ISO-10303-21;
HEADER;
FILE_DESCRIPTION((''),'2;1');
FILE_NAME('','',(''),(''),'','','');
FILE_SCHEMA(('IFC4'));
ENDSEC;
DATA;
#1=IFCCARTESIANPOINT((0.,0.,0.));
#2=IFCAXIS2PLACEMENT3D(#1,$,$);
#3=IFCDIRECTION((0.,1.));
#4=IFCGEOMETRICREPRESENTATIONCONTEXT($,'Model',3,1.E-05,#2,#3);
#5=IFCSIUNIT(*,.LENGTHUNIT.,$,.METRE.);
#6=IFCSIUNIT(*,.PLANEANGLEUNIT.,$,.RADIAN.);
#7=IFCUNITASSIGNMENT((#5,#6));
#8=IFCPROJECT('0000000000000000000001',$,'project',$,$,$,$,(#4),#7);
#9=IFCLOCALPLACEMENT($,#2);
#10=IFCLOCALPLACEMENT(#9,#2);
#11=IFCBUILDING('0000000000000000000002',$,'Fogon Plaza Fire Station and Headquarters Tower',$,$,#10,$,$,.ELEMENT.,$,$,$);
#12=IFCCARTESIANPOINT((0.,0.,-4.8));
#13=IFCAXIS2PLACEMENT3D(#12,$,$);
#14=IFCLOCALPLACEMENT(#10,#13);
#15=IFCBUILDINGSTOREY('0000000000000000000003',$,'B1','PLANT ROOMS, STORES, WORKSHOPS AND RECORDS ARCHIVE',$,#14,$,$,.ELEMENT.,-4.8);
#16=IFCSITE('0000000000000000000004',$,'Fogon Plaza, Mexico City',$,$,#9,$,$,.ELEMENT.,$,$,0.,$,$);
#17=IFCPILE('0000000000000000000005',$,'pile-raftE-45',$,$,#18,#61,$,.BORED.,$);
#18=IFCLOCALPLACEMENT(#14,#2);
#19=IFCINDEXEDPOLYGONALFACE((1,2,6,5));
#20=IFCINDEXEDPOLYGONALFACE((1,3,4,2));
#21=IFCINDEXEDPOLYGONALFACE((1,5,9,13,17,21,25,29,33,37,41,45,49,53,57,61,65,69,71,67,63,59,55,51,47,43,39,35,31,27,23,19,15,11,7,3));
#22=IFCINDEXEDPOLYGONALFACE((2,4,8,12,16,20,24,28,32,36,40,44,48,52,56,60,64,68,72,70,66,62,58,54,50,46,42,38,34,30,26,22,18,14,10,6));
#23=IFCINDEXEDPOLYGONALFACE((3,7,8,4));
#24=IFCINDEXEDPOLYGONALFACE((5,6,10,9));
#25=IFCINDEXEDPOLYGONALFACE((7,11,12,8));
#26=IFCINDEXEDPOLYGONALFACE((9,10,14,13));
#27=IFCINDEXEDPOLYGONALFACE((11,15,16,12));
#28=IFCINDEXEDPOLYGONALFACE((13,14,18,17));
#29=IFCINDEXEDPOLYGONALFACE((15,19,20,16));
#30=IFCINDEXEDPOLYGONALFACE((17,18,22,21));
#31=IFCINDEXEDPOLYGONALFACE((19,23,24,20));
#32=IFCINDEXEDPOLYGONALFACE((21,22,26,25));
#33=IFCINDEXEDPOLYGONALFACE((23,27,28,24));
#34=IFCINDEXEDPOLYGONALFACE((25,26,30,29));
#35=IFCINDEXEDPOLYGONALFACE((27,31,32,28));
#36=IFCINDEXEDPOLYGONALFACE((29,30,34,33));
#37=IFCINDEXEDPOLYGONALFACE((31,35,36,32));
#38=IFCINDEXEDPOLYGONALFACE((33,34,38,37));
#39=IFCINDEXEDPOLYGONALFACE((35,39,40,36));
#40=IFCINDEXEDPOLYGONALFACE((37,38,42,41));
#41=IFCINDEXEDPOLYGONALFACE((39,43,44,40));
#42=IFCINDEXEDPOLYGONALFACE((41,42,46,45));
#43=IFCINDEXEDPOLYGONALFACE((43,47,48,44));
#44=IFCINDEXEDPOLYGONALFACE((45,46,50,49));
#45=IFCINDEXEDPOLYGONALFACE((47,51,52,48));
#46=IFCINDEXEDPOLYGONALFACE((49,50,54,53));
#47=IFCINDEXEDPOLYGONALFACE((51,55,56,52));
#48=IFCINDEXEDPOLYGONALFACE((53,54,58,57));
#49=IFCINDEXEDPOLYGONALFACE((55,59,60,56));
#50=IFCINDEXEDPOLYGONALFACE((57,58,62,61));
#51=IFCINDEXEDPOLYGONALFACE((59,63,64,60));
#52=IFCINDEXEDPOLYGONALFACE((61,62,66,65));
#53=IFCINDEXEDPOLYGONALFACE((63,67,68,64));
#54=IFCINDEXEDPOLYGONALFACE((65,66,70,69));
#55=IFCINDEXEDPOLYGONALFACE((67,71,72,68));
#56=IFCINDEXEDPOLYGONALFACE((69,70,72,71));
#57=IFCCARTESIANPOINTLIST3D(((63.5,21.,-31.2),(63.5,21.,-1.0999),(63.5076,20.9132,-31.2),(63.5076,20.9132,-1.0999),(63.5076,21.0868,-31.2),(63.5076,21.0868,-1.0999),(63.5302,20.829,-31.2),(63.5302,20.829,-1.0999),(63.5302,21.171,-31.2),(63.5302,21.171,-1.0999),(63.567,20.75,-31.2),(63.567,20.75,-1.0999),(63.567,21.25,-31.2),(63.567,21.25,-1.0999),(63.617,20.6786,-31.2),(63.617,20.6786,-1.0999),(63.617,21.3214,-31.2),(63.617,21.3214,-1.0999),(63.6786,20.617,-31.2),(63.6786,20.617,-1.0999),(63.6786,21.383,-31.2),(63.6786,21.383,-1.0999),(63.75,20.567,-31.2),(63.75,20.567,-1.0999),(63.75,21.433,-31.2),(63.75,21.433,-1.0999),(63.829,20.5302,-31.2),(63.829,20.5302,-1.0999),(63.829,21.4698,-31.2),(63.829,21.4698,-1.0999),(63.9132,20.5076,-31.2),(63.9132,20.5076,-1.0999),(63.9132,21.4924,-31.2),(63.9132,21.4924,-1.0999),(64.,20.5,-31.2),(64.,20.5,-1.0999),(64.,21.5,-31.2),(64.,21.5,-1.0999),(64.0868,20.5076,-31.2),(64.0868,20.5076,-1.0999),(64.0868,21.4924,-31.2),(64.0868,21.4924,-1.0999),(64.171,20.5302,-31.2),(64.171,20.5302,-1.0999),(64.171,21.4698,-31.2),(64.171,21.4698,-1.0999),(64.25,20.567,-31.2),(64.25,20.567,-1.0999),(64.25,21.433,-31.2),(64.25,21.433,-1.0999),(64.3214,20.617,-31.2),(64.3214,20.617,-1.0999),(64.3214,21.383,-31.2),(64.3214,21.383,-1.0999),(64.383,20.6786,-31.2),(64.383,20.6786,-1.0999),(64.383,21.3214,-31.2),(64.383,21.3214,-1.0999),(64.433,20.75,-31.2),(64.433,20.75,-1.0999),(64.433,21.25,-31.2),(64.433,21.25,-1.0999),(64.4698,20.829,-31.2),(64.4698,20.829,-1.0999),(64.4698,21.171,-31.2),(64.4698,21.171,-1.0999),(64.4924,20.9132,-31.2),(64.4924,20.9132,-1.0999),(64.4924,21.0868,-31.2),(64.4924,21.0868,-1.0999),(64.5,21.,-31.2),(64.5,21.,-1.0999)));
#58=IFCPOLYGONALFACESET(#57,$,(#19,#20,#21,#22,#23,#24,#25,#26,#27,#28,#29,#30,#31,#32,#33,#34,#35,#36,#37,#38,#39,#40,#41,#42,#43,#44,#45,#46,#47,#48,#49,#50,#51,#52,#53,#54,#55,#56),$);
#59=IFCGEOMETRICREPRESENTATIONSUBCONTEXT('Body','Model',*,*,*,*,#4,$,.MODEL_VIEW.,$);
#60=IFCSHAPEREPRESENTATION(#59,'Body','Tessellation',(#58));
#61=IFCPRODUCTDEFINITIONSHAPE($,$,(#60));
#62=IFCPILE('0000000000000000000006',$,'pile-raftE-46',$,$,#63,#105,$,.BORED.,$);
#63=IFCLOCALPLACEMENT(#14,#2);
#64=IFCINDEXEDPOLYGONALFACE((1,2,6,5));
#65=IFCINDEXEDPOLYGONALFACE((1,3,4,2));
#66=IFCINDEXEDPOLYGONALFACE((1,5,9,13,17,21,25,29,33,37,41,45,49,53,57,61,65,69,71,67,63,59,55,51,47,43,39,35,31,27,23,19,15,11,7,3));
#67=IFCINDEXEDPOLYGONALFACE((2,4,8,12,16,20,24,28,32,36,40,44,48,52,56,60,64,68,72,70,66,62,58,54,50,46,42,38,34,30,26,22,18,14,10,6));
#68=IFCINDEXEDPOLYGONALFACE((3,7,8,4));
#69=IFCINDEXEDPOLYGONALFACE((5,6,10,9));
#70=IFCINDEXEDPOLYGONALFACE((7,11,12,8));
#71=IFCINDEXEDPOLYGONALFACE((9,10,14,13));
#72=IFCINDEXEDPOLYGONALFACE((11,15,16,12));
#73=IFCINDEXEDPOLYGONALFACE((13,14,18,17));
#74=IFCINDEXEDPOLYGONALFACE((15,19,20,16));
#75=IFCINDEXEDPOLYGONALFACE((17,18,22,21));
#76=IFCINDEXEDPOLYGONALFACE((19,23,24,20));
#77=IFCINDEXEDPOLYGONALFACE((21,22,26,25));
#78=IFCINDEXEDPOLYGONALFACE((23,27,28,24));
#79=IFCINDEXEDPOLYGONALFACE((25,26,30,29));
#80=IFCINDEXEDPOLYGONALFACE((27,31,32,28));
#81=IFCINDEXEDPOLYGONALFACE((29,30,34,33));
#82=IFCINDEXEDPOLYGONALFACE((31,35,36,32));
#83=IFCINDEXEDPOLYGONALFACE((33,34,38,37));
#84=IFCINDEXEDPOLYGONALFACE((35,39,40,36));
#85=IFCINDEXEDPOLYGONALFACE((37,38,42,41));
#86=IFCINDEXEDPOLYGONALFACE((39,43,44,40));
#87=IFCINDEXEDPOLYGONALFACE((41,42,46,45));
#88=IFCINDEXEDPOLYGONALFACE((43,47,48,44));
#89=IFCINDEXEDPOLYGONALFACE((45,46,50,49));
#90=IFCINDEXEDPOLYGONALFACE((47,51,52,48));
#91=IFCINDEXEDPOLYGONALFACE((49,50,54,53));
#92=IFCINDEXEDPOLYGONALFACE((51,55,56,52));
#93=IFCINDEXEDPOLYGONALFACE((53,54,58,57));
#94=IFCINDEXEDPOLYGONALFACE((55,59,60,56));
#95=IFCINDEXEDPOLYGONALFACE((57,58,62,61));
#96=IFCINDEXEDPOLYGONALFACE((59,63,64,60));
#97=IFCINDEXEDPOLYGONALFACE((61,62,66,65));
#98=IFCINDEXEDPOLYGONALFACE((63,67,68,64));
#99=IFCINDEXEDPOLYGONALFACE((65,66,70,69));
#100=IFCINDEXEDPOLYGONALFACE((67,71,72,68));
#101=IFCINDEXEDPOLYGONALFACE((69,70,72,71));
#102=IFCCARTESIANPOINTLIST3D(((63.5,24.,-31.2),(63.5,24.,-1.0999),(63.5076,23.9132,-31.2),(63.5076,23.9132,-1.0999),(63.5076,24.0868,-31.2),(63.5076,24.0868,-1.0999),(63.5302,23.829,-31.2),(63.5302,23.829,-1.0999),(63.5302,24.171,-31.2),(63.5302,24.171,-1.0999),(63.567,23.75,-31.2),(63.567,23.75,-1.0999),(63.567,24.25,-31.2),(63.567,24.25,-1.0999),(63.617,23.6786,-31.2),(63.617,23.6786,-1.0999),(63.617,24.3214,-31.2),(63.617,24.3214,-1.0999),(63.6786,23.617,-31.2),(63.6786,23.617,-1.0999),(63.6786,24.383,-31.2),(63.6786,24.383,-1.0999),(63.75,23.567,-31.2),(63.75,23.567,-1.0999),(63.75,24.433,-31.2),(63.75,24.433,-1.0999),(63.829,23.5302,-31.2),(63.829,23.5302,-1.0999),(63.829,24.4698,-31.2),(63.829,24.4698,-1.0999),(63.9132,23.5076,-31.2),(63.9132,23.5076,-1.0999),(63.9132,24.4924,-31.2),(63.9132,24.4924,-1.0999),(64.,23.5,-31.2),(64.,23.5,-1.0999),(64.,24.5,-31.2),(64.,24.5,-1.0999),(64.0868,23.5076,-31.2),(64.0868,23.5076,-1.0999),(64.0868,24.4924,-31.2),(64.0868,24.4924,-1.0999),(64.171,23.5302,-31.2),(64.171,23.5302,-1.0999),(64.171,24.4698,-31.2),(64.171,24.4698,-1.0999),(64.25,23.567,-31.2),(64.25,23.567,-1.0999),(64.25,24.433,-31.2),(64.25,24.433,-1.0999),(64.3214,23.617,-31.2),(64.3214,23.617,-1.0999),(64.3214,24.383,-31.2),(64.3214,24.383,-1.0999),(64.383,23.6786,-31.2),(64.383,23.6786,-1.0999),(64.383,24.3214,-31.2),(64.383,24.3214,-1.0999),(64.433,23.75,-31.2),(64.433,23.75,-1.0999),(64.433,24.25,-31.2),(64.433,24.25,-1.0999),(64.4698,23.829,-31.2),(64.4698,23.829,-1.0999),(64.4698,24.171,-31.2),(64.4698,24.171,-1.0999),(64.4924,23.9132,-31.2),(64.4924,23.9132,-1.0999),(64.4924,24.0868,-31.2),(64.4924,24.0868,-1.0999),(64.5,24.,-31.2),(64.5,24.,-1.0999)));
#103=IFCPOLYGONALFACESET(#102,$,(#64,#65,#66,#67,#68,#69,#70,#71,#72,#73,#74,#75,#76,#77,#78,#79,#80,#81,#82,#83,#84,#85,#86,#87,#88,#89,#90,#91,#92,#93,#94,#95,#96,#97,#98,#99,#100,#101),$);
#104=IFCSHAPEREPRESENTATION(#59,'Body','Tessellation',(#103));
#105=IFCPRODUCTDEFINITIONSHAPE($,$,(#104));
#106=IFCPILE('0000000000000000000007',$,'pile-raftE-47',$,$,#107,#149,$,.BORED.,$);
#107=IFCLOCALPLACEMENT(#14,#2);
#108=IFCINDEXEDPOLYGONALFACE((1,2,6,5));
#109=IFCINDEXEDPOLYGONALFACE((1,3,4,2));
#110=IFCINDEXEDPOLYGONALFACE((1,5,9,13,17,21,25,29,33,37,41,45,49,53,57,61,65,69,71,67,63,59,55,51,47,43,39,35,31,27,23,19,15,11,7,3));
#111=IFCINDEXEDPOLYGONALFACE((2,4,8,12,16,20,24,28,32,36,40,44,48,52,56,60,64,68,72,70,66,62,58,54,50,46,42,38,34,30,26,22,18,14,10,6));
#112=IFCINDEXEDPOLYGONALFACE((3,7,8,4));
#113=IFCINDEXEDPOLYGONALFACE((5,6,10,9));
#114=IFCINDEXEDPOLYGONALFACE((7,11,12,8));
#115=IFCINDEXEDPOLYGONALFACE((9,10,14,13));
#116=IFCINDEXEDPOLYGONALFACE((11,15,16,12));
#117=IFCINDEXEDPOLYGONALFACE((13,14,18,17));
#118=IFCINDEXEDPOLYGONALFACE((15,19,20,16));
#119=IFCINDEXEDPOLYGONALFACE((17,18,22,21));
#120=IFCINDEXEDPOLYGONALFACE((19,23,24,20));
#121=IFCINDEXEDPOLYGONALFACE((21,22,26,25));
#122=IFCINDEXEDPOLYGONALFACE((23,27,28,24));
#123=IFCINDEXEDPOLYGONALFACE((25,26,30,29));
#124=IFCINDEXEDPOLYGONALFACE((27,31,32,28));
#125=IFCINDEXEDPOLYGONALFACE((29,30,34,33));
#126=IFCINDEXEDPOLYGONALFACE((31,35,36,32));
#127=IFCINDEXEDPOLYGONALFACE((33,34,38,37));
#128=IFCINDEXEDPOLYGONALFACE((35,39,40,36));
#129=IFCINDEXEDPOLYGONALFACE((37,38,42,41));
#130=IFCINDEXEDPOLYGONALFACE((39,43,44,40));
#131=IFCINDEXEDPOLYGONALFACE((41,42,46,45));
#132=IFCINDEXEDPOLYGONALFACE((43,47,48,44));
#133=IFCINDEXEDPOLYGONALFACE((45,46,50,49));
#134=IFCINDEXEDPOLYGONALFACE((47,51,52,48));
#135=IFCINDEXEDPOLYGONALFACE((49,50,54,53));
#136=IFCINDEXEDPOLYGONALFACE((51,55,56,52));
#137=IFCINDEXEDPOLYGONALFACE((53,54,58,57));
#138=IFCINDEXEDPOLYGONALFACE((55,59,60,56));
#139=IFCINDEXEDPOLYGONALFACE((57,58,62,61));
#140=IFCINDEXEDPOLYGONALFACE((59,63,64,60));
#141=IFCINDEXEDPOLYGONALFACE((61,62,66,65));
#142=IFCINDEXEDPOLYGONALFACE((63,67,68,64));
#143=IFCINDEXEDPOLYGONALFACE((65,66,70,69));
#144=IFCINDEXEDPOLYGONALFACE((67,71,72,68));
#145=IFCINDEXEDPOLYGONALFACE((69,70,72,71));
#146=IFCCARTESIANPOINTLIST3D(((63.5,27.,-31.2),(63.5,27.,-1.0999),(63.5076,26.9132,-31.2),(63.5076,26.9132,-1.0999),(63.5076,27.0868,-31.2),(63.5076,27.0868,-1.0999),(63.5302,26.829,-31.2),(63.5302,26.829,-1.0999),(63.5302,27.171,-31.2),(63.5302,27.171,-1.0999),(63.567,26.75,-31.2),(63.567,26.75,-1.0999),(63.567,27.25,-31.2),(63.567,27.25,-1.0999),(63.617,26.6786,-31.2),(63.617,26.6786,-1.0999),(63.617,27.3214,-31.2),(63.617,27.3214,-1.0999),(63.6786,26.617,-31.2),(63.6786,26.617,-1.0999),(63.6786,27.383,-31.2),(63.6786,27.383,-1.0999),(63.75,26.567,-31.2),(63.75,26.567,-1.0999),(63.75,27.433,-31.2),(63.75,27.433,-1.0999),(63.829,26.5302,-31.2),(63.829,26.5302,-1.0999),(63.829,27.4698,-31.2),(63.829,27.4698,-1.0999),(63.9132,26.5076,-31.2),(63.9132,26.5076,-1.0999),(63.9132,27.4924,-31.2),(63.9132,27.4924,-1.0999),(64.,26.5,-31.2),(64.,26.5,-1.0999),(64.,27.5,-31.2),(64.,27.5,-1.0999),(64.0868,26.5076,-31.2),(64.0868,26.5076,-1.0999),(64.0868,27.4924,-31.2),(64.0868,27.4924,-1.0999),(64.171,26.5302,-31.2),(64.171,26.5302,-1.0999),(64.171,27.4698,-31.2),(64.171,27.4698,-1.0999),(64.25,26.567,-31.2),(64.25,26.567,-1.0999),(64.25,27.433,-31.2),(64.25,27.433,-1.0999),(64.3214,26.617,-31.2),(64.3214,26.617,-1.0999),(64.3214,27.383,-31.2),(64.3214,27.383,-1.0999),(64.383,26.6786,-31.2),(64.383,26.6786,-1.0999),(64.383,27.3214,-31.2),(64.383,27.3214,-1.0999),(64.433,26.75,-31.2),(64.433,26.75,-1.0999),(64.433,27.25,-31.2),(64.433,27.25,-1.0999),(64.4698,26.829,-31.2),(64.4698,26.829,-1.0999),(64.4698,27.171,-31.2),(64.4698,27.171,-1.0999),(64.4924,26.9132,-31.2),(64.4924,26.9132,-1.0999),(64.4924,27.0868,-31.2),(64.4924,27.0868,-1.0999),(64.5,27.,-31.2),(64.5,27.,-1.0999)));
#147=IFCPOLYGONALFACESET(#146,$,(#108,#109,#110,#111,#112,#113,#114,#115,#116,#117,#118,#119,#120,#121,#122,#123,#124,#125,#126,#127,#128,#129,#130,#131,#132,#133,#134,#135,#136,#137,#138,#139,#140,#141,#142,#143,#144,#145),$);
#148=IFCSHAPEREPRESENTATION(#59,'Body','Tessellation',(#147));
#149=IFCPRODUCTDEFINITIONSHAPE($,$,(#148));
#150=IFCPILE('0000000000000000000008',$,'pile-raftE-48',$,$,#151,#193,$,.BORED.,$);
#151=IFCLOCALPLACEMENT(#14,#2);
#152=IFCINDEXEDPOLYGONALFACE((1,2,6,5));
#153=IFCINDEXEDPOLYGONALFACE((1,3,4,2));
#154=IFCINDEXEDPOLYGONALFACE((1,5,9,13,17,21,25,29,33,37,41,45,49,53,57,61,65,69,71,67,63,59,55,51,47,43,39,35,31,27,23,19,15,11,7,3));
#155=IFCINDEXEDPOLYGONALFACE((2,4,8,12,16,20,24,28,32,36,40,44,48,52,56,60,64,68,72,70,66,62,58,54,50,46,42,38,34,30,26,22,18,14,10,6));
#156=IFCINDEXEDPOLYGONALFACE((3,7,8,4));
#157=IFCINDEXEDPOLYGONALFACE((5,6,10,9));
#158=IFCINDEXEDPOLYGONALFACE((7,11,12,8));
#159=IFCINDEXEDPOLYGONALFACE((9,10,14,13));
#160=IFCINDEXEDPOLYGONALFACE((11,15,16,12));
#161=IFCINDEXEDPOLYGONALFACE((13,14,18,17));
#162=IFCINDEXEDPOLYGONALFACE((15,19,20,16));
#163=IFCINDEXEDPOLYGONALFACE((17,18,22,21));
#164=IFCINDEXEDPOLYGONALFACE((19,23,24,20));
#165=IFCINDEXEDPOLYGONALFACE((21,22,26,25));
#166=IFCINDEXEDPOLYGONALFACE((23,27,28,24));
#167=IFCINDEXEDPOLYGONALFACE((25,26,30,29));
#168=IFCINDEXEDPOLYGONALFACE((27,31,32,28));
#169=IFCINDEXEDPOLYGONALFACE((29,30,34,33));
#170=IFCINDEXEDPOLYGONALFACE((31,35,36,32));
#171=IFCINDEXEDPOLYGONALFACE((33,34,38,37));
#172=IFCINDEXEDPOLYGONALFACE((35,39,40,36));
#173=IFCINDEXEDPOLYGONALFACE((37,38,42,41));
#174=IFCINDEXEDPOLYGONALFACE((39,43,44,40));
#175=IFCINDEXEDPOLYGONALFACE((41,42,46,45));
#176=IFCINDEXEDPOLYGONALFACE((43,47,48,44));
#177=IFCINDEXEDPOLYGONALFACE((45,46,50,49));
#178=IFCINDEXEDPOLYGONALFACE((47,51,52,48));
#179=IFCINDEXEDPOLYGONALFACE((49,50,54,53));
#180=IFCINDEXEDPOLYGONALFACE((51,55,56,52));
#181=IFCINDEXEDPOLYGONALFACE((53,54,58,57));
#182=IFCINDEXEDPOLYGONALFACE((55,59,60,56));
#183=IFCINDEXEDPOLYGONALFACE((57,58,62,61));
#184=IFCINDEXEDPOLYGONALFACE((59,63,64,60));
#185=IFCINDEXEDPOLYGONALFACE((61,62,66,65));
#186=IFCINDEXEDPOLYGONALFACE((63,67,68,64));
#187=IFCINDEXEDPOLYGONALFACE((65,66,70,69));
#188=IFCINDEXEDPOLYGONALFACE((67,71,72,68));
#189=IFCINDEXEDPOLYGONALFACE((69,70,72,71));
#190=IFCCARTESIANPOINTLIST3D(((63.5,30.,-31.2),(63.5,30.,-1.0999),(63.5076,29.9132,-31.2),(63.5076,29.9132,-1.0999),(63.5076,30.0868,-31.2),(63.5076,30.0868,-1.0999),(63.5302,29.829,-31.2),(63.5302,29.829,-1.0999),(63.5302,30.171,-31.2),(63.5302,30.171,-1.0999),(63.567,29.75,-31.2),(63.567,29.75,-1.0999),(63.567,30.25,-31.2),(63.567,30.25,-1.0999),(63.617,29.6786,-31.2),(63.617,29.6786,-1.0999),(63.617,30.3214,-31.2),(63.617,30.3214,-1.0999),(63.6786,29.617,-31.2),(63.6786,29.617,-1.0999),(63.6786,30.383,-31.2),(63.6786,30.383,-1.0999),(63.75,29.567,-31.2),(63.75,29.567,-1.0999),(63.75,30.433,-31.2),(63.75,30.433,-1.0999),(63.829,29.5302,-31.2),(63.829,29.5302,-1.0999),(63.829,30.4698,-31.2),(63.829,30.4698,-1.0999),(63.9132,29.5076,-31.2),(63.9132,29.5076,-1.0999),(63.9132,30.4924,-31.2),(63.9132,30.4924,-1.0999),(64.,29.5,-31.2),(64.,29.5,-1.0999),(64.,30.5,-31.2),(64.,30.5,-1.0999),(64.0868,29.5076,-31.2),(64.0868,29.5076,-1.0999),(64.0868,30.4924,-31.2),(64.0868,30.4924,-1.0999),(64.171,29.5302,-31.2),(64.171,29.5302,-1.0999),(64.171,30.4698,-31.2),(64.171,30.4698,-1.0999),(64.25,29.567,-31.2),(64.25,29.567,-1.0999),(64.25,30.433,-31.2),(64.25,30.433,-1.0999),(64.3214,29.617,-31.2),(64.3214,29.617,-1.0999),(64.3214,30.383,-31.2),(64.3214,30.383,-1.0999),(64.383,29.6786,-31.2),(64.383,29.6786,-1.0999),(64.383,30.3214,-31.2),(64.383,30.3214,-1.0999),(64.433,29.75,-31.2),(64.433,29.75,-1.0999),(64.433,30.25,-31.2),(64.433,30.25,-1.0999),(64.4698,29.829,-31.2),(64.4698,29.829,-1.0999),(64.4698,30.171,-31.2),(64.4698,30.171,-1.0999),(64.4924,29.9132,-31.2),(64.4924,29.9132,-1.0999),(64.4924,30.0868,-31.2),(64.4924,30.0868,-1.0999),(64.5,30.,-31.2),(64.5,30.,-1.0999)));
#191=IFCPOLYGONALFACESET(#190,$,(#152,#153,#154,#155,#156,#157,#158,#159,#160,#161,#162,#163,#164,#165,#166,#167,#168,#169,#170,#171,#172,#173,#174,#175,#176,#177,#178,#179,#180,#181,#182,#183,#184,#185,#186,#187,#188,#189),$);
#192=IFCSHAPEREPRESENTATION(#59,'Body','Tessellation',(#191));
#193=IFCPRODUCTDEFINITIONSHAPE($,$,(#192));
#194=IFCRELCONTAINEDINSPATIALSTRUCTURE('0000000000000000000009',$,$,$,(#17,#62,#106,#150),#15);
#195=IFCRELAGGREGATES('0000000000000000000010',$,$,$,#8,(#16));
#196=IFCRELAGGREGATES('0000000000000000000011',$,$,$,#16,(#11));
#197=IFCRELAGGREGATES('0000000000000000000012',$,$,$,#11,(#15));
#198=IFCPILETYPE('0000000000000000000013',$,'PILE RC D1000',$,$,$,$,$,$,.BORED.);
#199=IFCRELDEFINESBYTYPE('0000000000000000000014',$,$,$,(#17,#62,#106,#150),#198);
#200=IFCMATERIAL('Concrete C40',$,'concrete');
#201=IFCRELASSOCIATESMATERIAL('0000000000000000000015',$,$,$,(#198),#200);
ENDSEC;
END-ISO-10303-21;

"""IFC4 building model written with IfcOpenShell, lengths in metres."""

from ifc_helpers import new_model, si_unit, direction, frame, origin, origin_2d, place, context, subcontext, project, spatial, circle, extrude, material, material_profile, profile_set, type_object, element, save


model = new_model("IFC4")

# Units and contexts
model_context = context("Model", 3, precision=1e-05, world=origin(), true_north=direction((0.0, 1.0)))
body_context = subcontext(model_context, "Body", "Model", "MODEL_VIEW")
ifc_project = project(units=[si_unit("LENGTHUNIT", "METRE"), si_unit("PLANEANGLEUNIT", "RADIAN")], contexts=[model_context])

# Site, building, storey
site_placement = place(None, origin())
site = spatial("IfcSite", under=ifc_project, at=site_placement, Name="Fogon Plaza, Mexico City", CompositionType="ELEMENT", RefElevation=0.0)
building_placement = place(site_placement, origin())
building = spatial("IfcBuilding", under=site, at=building_placement, Name="Fogon Plaza Fire Station and Headquarters Tower", CompositionType="ELEMENT")
storey_placement = place(building_placement, frame((0.0, 0.0, -4.8)))
storey = spatial("IfcBuildingStorey", under=building, at=storey_placement, Name="B1", Description="PLANT ROOMS, STORES, WORKSHOPS AND RECORDS ARCHIVE", CompositionType="ELEMENT", Elevation=-4.8)

# Piles
ifc_material_1 = material(Name="Concrete C40", Category="concrete")
ifc_material_profile_1 = material_profile(ifc_material_1, circle(Radius=0.5, at=origin_2d()), Name="RC D1000")
ifc_profile_set_1 = profile_set([ifc_material_profile_1], Name="Concrete C40")
pile_type_1 = type_object("IfcPileType", Name="PILE RC D1000", PredefinedType="BORED", material=ifc_profile_set_1)
for number, where, z_axis, x_axis, name in (
    (1, (64.0, 21.0, -1.0999), (0.0, 0.0, -1.0), (1.0, 0.0, 0.0), "pile-raftE-45"),
    (2, (64.0, 24.0, -1.0999), (0.0, 0.0, -1.0), (1.0, 0.0, 0.0), "pile-raftE-46"),
    (3, (64.0, 27.0, -1.0999), (0.0, 0.0, -1.0), (1.0, 0.0, 0.0), "pile-raftE-47"),
    (4, (64.0, 30.0, -1.0999), (0.0, 0.0, -1.0), (1.0, 0.0, 0.0), "pile-raftE-48"),
):
    element("IfcPile", number, at=place(storey_placement, frame(where, z_axis=z_axis, x_axis=x_axis)), inside=storey, type_object=pile_type_1, Name=name, PredefinedType="BORED", context=body_context, shape_type="SweptSolid", body=[
        extrude(circle(Radius=0.5, at=origin_2d()), origin(), (0.0, 0.0, 1.0), 30.1001),
    ])

save(model, "model.ifc")
